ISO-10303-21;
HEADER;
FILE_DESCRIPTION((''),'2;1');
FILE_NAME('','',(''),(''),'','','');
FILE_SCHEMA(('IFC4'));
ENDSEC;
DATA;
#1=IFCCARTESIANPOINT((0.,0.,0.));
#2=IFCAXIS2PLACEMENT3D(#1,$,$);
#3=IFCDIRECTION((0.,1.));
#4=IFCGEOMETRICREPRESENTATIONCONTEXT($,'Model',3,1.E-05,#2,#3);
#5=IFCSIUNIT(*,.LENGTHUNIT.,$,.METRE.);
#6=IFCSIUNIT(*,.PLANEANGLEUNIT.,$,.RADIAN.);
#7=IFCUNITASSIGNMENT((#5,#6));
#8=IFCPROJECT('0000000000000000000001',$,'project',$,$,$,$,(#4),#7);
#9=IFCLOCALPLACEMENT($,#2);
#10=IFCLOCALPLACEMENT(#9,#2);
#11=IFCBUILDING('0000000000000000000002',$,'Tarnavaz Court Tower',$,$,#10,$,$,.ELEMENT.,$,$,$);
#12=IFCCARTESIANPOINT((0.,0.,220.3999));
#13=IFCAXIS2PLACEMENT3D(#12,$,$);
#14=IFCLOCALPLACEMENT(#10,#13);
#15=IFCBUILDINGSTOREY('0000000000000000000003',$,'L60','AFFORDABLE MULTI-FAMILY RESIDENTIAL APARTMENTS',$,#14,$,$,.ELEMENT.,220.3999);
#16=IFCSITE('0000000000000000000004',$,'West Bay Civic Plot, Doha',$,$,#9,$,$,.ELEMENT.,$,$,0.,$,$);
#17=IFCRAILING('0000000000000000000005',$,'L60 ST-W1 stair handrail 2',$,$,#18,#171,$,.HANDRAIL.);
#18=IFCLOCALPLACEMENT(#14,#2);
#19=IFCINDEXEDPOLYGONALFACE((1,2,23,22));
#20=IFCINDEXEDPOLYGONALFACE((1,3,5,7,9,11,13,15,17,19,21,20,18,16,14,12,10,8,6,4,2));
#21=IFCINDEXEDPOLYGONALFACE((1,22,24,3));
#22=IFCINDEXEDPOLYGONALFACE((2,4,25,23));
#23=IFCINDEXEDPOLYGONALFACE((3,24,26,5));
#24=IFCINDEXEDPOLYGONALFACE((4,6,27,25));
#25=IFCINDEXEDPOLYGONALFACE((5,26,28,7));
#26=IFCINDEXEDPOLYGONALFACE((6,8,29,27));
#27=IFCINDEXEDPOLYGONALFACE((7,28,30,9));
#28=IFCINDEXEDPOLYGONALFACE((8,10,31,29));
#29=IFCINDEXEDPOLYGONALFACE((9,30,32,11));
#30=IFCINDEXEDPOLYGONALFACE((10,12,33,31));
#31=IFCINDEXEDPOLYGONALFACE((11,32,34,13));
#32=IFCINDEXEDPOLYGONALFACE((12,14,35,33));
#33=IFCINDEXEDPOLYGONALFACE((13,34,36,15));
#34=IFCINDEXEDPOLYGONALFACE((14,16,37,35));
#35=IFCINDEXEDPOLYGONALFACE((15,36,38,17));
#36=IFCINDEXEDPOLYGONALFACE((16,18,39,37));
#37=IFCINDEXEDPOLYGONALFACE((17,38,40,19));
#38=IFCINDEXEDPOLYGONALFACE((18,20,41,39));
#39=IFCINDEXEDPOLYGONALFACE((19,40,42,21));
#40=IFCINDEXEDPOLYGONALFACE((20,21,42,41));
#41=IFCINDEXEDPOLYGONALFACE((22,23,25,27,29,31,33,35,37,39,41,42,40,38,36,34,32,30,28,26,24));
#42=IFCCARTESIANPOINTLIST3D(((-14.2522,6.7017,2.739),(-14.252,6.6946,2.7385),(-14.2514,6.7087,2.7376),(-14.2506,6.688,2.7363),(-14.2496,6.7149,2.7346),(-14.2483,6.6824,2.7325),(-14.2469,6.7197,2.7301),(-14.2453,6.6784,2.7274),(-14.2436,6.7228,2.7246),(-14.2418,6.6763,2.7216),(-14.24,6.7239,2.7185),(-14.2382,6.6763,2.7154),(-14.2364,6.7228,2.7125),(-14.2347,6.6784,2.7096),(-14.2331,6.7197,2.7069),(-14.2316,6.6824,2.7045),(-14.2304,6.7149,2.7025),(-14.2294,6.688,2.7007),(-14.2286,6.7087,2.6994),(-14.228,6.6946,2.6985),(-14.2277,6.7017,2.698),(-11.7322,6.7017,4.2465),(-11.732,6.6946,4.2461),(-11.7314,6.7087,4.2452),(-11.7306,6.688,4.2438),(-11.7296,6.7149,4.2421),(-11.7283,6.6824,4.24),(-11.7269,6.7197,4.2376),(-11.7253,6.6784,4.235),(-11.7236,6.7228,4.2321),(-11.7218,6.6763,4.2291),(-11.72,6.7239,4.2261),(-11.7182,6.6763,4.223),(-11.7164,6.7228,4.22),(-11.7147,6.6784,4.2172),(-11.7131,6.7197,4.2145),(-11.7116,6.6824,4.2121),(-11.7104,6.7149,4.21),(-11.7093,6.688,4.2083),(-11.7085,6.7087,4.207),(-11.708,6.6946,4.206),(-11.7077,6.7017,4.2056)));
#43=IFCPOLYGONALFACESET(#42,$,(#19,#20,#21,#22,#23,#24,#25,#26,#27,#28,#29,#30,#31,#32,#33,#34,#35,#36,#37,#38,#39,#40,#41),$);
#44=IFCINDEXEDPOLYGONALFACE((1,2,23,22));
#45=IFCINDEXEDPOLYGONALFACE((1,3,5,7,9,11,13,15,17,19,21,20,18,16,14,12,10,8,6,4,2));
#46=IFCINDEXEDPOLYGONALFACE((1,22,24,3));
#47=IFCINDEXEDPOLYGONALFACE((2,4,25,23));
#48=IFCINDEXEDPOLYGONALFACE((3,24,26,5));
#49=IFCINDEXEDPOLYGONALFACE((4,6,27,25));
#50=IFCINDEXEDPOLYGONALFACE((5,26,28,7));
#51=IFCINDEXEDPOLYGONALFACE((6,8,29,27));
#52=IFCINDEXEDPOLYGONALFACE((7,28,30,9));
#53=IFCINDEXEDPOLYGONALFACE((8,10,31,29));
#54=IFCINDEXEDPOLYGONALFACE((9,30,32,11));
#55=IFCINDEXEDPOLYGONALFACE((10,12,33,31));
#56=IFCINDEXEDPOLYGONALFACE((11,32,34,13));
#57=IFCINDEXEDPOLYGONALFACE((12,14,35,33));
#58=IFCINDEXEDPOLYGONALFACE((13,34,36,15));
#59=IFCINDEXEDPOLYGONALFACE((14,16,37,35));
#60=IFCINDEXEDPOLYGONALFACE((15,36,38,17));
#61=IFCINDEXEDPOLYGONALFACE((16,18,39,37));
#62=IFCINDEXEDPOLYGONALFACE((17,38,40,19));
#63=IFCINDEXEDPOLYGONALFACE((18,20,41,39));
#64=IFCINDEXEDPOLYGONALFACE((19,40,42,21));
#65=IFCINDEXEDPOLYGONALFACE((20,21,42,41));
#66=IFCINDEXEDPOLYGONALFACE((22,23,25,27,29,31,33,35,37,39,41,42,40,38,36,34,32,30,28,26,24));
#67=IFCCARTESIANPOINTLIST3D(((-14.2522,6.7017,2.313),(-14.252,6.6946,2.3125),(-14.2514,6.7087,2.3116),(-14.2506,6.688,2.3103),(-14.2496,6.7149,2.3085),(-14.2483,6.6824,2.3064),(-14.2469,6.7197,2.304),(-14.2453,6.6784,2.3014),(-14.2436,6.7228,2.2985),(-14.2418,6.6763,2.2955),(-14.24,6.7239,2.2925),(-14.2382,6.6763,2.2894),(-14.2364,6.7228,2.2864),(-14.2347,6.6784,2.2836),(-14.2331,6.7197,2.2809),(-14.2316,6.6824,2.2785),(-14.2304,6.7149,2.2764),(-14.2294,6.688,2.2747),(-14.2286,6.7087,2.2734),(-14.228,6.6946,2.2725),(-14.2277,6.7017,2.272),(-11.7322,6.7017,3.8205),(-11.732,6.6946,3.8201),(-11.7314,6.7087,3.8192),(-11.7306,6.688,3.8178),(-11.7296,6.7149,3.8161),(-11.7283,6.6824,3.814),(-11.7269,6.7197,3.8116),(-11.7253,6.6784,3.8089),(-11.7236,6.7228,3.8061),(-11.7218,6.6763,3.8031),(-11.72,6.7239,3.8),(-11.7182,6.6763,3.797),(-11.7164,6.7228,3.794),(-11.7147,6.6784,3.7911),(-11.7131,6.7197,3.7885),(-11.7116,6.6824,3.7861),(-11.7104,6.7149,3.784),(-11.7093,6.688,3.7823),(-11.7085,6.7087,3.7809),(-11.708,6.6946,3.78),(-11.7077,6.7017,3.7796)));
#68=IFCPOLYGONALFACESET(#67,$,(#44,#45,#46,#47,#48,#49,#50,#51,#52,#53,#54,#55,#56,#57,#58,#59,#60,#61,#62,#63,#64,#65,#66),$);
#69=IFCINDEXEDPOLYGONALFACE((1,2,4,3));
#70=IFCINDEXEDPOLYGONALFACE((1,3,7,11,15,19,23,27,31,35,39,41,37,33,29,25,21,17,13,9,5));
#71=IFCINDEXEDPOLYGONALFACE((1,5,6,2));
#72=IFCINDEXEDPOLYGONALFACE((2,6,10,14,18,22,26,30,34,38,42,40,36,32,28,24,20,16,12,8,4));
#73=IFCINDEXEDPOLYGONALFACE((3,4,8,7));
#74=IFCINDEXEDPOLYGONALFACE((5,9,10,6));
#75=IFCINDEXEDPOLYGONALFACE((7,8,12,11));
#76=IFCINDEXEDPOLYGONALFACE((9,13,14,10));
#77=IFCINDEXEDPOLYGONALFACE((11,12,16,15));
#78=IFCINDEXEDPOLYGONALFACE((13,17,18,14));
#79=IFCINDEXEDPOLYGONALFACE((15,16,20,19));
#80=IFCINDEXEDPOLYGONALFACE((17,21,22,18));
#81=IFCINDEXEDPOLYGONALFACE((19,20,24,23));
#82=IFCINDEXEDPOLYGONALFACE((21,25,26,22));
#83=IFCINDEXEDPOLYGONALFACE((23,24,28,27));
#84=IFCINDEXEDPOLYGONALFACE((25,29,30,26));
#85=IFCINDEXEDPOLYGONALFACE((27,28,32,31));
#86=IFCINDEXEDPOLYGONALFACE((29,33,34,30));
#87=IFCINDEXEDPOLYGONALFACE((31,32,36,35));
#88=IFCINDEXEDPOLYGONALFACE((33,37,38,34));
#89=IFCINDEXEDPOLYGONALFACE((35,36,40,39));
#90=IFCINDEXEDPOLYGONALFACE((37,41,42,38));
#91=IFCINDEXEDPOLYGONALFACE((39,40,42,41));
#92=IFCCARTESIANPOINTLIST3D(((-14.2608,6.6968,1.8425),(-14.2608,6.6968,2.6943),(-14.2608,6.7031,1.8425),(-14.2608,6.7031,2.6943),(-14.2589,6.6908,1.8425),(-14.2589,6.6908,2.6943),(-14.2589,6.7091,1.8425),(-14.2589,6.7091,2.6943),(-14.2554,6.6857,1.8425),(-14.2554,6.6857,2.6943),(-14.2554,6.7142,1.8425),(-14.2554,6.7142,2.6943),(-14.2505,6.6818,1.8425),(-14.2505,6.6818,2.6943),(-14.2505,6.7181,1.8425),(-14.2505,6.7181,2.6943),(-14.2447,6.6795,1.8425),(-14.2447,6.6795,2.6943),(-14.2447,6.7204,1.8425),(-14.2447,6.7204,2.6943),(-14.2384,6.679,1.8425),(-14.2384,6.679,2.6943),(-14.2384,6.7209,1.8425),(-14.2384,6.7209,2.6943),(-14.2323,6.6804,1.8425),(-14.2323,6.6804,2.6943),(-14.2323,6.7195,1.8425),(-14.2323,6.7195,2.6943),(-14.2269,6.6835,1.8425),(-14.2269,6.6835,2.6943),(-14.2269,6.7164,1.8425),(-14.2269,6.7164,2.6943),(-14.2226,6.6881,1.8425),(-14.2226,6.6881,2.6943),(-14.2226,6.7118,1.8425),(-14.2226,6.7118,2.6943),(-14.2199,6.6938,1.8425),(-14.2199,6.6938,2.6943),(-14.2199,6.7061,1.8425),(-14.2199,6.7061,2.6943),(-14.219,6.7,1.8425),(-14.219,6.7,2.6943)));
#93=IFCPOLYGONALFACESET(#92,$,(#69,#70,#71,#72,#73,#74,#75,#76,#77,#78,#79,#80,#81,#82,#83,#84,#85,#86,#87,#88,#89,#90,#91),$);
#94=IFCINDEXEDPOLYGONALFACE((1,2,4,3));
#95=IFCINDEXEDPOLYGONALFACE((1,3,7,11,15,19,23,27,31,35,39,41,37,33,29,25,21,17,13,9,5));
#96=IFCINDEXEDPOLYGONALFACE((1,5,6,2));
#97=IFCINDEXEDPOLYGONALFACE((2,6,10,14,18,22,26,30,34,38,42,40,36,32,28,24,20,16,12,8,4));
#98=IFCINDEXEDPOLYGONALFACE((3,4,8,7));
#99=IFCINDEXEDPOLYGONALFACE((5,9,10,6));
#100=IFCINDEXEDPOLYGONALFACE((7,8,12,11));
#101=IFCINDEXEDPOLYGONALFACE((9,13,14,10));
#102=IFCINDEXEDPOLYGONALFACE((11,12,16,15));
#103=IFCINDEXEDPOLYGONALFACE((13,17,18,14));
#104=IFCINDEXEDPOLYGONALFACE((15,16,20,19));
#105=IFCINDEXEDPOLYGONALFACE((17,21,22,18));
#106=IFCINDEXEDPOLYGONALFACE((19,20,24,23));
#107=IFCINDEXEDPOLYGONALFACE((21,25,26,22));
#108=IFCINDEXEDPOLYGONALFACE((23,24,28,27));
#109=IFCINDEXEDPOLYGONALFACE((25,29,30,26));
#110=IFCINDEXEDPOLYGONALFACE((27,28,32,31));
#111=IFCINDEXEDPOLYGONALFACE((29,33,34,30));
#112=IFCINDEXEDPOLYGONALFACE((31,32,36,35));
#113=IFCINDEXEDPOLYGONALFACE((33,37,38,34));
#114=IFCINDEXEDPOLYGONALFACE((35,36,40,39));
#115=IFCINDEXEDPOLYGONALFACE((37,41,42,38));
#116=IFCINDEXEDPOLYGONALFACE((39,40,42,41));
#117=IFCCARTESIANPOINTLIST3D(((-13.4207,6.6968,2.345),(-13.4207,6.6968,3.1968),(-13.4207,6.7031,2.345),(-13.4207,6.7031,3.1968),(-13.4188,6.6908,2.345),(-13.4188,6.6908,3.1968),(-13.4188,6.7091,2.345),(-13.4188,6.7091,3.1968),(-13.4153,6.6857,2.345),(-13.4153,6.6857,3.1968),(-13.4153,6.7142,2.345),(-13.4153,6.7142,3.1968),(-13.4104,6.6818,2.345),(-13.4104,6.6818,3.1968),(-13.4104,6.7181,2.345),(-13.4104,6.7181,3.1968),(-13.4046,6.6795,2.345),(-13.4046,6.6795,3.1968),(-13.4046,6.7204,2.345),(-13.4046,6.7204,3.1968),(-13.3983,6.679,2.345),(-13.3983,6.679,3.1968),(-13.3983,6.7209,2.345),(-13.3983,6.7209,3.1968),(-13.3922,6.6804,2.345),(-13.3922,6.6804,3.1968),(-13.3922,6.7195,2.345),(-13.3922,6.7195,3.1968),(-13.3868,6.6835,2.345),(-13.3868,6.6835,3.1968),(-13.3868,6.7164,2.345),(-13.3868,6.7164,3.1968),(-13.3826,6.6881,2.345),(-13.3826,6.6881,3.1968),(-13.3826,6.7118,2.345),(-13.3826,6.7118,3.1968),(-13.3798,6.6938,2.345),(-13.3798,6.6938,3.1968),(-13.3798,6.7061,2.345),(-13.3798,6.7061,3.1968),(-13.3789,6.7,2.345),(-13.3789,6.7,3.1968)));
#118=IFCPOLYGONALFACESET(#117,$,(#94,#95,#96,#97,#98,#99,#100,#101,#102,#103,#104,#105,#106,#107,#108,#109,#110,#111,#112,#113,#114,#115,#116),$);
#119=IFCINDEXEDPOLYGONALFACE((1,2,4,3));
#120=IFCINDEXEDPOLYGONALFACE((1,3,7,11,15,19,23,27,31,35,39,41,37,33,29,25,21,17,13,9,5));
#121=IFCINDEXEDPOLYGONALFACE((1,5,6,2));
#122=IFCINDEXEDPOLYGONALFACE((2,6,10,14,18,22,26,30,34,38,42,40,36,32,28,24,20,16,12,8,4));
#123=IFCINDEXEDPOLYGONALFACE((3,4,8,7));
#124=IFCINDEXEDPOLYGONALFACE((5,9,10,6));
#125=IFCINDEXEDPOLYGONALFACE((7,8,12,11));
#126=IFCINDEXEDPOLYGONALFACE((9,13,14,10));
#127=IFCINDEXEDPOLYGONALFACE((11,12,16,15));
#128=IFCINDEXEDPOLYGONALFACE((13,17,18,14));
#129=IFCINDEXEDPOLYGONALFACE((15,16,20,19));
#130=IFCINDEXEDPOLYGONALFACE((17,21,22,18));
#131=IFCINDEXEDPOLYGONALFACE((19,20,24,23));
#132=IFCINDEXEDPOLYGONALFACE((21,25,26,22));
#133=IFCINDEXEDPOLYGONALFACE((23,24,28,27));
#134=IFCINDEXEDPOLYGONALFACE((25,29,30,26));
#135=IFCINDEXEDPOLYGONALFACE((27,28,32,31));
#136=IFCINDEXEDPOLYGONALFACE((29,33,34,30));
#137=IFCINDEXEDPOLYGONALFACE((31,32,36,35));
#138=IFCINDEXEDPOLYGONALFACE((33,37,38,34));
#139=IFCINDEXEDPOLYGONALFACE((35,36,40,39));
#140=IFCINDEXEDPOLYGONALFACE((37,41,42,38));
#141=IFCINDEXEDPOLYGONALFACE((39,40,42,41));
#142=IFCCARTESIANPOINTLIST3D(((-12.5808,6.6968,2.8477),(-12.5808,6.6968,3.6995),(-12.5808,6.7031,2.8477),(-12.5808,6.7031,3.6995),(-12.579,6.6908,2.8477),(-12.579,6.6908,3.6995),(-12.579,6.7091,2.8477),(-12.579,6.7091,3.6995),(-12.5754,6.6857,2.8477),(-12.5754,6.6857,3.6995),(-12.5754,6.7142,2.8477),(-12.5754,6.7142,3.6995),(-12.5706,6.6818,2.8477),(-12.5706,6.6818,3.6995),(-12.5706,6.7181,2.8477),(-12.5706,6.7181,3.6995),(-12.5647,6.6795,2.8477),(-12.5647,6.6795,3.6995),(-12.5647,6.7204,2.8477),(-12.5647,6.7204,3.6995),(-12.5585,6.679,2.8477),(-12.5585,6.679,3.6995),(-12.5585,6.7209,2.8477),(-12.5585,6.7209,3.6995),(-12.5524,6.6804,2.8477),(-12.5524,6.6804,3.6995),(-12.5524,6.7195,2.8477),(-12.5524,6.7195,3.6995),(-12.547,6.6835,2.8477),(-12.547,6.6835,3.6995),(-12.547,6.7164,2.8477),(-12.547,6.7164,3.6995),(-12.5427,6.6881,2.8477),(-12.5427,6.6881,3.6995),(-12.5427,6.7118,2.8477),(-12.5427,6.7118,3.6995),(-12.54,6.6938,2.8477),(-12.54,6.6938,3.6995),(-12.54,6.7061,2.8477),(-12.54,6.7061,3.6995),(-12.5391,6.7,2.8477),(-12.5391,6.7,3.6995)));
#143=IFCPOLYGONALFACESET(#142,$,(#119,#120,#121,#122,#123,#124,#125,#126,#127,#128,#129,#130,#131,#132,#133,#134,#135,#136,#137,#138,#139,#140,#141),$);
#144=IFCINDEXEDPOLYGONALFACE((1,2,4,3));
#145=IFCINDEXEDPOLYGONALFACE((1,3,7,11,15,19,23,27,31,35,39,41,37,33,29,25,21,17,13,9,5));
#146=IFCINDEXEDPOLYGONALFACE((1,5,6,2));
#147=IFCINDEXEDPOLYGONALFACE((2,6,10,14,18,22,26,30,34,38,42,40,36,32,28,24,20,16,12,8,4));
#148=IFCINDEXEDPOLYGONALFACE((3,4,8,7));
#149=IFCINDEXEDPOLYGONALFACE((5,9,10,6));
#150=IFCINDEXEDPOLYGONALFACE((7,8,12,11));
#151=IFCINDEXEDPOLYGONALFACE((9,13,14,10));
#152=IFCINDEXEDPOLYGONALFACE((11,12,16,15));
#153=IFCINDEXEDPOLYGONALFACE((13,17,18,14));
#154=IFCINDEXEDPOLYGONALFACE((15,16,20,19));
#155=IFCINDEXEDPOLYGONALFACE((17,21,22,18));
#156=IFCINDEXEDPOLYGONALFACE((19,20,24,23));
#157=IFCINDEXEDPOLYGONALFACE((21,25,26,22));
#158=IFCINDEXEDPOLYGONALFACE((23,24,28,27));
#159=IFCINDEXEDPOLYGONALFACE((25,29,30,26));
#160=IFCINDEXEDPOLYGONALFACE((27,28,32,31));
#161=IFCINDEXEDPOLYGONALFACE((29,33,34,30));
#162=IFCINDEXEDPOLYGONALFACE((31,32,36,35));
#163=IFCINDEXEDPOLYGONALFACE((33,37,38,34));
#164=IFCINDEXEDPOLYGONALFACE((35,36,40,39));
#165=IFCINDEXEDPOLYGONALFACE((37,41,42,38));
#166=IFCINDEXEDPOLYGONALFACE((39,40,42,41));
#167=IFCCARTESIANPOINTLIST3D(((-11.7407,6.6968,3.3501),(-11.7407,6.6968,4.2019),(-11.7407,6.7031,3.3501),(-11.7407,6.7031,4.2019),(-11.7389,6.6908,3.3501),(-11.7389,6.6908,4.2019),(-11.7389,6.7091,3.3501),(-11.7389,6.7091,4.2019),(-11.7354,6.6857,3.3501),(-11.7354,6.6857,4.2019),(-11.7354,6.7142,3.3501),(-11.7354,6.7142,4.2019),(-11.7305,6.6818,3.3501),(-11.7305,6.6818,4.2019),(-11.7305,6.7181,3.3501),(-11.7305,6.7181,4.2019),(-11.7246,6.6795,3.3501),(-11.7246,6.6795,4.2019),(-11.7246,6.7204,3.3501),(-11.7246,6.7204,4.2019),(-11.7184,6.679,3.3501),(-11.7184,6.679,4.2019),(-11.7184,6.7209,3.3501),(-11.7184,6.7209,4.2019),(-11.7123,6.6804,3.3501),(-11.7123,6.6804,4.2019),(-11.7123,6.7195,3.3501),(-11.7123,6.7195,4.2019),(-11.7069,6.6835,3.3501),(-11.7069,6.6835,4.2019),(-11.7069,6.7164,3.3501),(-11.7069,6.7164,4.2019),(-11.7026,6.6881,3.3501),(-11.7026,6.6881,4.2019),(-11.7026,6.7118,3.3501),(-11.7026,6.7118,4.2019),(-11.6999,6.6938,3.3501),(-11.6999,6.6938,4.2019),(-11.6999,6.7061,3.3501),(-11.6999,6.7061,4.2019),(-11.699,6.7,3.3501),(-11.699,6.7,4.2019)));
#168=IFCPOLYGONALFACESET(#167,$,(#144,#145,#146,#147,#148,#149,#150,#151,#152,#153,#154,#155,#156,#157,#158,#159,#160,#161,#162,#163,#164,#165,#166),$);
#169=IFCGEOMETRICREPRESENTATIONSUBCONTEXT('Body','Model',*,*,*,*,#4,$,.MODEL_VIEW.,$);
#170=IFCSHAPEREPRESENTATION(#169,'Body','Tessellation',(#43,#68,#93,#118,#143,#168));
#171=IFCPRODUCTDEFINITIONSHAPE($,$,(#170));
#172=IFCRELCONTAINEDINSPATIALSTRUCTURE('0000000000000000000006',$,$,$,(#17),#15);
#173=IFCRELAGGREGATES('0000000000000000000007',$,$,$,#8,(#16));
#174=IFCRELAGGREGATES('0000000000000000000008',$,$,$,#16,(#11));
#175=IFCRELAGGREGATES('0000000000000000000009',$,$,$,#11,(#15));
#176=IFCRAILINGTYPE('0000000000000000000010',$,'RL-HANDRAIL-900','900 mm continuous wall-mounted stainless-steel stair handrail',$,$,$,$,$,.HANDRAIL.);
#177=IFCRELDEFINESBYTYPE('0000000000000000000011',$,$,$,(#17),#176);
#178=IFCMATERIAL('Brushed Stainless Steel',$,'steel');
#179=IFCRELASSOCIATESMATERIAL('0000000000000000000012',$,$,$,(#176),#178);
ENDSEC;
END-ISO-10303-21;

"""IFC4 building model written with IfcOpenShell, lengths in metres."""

from ifc_helpers import new_model, si_unit, direction, frame, origin, origin_2d, place, context, subcontext, project, spatial, circle, extrude, material, type_object, element, save


model = new_model("IFC4")

# Units and contexts
model_context = context("Model", 3, precision=1e-05, world=origin(), true_north=direction((0.0, 1.0)))
body_context = subcontext(model_context, "Body", "Model", "MODEL_VIEW")
ifc_project = project(units=[si_unit("LENGTHUNIT", "METRE"), si_unit("PLANEANGLEUNIT", "RADIAN")], contexts=[model_context])

# Site, building, storey
site_placement = place(None, origin())
site = spatial("IfcSite", under=ifc_project, at=site_placement, Name="West Bay Civic Plot, Doha", CompositionType="ELEMENT", RefElevation=0.0)
building_placement = place(site_placement, origin())
building = spatial("IfcBuilding", under=site, at=building_placement, Name="Tarnavaz Court Tower", CompositionType="ELEMENT")
storey_placement = place(building_placement, frame((0.0, 0.0, 220.3999)))
storey = spatial("IfcBuildingStorey", under=building, at=storey_placement, Name="L60", Description="AFFORDABLE MULTI-FAMILY RESIDENTIAL APARTMENTS", CompositionType="ELEMENT", Elevation=220.3999)

# Railing
ifc_material_1 = material(Name="Brushed Stainless Steel", Category="steel")
railing_type_1 = type_object("IfcRailingType", Name="RL-HANDRAIL-900", Description="900 mm continuous wall-mounted stainless-steel stair handrail", PredefinedType="HANDRAIL", material=ifc_material_1)
railing_1_placement = place(storey_placement, frame((-14.24, 6.7, 1.8425)))
element("IfcRailing", 1, at=railing_1_placement, inside=storey, type_object=railing_type_1, Name="L60 ST-W1 stair handrail 2", PredefinedType="HANDRAIL", context=body_context, shape_type="SweptSolid", body=[
    extrude(circle(Radius=0.0239, at=origin_2d()), frame((0.0, 0.0, 0.876), z_axis=(0.85816, 0.0, 0.513383), x_axis=(0.0, 1.0, 0.0)), (0.0, 0.0, 1.0), 2.9365),
    extrude(circle(Radius=0.0239, at=origin_2d()), frame((0.0, 0.0, 0.45), z_axis=(0.85816, 0.0, 0.513383), x_axis=(0.0, 1.0, 0.0)), (0.0, 0.0, 1.0), 2.9365),
    extrude(circle(Radius=0.021, at=origin_2d()), origin(), (0.0, 0.0, 1.0), 0.8518),
    extrude(circle(Radius=0.021, at=origin_2d()), frame((0.8401, 0.0, 0.5024)), (0.0, 0.0, 1.0), 0.8518),
    extrude(circle(Radius=0.021, at=origin_2d()), frame((1.6799, 0.0, 1.0051)), (0.0, 0.0, 1.0), 0.8518),
    extrude(circle(Radius=0.021, at=origin_2d()), frame((2.52, 0.0, 1.5076)), (0.0, 0.0, 1.0), 0.8518),
])

save(model, "model.ifc")
